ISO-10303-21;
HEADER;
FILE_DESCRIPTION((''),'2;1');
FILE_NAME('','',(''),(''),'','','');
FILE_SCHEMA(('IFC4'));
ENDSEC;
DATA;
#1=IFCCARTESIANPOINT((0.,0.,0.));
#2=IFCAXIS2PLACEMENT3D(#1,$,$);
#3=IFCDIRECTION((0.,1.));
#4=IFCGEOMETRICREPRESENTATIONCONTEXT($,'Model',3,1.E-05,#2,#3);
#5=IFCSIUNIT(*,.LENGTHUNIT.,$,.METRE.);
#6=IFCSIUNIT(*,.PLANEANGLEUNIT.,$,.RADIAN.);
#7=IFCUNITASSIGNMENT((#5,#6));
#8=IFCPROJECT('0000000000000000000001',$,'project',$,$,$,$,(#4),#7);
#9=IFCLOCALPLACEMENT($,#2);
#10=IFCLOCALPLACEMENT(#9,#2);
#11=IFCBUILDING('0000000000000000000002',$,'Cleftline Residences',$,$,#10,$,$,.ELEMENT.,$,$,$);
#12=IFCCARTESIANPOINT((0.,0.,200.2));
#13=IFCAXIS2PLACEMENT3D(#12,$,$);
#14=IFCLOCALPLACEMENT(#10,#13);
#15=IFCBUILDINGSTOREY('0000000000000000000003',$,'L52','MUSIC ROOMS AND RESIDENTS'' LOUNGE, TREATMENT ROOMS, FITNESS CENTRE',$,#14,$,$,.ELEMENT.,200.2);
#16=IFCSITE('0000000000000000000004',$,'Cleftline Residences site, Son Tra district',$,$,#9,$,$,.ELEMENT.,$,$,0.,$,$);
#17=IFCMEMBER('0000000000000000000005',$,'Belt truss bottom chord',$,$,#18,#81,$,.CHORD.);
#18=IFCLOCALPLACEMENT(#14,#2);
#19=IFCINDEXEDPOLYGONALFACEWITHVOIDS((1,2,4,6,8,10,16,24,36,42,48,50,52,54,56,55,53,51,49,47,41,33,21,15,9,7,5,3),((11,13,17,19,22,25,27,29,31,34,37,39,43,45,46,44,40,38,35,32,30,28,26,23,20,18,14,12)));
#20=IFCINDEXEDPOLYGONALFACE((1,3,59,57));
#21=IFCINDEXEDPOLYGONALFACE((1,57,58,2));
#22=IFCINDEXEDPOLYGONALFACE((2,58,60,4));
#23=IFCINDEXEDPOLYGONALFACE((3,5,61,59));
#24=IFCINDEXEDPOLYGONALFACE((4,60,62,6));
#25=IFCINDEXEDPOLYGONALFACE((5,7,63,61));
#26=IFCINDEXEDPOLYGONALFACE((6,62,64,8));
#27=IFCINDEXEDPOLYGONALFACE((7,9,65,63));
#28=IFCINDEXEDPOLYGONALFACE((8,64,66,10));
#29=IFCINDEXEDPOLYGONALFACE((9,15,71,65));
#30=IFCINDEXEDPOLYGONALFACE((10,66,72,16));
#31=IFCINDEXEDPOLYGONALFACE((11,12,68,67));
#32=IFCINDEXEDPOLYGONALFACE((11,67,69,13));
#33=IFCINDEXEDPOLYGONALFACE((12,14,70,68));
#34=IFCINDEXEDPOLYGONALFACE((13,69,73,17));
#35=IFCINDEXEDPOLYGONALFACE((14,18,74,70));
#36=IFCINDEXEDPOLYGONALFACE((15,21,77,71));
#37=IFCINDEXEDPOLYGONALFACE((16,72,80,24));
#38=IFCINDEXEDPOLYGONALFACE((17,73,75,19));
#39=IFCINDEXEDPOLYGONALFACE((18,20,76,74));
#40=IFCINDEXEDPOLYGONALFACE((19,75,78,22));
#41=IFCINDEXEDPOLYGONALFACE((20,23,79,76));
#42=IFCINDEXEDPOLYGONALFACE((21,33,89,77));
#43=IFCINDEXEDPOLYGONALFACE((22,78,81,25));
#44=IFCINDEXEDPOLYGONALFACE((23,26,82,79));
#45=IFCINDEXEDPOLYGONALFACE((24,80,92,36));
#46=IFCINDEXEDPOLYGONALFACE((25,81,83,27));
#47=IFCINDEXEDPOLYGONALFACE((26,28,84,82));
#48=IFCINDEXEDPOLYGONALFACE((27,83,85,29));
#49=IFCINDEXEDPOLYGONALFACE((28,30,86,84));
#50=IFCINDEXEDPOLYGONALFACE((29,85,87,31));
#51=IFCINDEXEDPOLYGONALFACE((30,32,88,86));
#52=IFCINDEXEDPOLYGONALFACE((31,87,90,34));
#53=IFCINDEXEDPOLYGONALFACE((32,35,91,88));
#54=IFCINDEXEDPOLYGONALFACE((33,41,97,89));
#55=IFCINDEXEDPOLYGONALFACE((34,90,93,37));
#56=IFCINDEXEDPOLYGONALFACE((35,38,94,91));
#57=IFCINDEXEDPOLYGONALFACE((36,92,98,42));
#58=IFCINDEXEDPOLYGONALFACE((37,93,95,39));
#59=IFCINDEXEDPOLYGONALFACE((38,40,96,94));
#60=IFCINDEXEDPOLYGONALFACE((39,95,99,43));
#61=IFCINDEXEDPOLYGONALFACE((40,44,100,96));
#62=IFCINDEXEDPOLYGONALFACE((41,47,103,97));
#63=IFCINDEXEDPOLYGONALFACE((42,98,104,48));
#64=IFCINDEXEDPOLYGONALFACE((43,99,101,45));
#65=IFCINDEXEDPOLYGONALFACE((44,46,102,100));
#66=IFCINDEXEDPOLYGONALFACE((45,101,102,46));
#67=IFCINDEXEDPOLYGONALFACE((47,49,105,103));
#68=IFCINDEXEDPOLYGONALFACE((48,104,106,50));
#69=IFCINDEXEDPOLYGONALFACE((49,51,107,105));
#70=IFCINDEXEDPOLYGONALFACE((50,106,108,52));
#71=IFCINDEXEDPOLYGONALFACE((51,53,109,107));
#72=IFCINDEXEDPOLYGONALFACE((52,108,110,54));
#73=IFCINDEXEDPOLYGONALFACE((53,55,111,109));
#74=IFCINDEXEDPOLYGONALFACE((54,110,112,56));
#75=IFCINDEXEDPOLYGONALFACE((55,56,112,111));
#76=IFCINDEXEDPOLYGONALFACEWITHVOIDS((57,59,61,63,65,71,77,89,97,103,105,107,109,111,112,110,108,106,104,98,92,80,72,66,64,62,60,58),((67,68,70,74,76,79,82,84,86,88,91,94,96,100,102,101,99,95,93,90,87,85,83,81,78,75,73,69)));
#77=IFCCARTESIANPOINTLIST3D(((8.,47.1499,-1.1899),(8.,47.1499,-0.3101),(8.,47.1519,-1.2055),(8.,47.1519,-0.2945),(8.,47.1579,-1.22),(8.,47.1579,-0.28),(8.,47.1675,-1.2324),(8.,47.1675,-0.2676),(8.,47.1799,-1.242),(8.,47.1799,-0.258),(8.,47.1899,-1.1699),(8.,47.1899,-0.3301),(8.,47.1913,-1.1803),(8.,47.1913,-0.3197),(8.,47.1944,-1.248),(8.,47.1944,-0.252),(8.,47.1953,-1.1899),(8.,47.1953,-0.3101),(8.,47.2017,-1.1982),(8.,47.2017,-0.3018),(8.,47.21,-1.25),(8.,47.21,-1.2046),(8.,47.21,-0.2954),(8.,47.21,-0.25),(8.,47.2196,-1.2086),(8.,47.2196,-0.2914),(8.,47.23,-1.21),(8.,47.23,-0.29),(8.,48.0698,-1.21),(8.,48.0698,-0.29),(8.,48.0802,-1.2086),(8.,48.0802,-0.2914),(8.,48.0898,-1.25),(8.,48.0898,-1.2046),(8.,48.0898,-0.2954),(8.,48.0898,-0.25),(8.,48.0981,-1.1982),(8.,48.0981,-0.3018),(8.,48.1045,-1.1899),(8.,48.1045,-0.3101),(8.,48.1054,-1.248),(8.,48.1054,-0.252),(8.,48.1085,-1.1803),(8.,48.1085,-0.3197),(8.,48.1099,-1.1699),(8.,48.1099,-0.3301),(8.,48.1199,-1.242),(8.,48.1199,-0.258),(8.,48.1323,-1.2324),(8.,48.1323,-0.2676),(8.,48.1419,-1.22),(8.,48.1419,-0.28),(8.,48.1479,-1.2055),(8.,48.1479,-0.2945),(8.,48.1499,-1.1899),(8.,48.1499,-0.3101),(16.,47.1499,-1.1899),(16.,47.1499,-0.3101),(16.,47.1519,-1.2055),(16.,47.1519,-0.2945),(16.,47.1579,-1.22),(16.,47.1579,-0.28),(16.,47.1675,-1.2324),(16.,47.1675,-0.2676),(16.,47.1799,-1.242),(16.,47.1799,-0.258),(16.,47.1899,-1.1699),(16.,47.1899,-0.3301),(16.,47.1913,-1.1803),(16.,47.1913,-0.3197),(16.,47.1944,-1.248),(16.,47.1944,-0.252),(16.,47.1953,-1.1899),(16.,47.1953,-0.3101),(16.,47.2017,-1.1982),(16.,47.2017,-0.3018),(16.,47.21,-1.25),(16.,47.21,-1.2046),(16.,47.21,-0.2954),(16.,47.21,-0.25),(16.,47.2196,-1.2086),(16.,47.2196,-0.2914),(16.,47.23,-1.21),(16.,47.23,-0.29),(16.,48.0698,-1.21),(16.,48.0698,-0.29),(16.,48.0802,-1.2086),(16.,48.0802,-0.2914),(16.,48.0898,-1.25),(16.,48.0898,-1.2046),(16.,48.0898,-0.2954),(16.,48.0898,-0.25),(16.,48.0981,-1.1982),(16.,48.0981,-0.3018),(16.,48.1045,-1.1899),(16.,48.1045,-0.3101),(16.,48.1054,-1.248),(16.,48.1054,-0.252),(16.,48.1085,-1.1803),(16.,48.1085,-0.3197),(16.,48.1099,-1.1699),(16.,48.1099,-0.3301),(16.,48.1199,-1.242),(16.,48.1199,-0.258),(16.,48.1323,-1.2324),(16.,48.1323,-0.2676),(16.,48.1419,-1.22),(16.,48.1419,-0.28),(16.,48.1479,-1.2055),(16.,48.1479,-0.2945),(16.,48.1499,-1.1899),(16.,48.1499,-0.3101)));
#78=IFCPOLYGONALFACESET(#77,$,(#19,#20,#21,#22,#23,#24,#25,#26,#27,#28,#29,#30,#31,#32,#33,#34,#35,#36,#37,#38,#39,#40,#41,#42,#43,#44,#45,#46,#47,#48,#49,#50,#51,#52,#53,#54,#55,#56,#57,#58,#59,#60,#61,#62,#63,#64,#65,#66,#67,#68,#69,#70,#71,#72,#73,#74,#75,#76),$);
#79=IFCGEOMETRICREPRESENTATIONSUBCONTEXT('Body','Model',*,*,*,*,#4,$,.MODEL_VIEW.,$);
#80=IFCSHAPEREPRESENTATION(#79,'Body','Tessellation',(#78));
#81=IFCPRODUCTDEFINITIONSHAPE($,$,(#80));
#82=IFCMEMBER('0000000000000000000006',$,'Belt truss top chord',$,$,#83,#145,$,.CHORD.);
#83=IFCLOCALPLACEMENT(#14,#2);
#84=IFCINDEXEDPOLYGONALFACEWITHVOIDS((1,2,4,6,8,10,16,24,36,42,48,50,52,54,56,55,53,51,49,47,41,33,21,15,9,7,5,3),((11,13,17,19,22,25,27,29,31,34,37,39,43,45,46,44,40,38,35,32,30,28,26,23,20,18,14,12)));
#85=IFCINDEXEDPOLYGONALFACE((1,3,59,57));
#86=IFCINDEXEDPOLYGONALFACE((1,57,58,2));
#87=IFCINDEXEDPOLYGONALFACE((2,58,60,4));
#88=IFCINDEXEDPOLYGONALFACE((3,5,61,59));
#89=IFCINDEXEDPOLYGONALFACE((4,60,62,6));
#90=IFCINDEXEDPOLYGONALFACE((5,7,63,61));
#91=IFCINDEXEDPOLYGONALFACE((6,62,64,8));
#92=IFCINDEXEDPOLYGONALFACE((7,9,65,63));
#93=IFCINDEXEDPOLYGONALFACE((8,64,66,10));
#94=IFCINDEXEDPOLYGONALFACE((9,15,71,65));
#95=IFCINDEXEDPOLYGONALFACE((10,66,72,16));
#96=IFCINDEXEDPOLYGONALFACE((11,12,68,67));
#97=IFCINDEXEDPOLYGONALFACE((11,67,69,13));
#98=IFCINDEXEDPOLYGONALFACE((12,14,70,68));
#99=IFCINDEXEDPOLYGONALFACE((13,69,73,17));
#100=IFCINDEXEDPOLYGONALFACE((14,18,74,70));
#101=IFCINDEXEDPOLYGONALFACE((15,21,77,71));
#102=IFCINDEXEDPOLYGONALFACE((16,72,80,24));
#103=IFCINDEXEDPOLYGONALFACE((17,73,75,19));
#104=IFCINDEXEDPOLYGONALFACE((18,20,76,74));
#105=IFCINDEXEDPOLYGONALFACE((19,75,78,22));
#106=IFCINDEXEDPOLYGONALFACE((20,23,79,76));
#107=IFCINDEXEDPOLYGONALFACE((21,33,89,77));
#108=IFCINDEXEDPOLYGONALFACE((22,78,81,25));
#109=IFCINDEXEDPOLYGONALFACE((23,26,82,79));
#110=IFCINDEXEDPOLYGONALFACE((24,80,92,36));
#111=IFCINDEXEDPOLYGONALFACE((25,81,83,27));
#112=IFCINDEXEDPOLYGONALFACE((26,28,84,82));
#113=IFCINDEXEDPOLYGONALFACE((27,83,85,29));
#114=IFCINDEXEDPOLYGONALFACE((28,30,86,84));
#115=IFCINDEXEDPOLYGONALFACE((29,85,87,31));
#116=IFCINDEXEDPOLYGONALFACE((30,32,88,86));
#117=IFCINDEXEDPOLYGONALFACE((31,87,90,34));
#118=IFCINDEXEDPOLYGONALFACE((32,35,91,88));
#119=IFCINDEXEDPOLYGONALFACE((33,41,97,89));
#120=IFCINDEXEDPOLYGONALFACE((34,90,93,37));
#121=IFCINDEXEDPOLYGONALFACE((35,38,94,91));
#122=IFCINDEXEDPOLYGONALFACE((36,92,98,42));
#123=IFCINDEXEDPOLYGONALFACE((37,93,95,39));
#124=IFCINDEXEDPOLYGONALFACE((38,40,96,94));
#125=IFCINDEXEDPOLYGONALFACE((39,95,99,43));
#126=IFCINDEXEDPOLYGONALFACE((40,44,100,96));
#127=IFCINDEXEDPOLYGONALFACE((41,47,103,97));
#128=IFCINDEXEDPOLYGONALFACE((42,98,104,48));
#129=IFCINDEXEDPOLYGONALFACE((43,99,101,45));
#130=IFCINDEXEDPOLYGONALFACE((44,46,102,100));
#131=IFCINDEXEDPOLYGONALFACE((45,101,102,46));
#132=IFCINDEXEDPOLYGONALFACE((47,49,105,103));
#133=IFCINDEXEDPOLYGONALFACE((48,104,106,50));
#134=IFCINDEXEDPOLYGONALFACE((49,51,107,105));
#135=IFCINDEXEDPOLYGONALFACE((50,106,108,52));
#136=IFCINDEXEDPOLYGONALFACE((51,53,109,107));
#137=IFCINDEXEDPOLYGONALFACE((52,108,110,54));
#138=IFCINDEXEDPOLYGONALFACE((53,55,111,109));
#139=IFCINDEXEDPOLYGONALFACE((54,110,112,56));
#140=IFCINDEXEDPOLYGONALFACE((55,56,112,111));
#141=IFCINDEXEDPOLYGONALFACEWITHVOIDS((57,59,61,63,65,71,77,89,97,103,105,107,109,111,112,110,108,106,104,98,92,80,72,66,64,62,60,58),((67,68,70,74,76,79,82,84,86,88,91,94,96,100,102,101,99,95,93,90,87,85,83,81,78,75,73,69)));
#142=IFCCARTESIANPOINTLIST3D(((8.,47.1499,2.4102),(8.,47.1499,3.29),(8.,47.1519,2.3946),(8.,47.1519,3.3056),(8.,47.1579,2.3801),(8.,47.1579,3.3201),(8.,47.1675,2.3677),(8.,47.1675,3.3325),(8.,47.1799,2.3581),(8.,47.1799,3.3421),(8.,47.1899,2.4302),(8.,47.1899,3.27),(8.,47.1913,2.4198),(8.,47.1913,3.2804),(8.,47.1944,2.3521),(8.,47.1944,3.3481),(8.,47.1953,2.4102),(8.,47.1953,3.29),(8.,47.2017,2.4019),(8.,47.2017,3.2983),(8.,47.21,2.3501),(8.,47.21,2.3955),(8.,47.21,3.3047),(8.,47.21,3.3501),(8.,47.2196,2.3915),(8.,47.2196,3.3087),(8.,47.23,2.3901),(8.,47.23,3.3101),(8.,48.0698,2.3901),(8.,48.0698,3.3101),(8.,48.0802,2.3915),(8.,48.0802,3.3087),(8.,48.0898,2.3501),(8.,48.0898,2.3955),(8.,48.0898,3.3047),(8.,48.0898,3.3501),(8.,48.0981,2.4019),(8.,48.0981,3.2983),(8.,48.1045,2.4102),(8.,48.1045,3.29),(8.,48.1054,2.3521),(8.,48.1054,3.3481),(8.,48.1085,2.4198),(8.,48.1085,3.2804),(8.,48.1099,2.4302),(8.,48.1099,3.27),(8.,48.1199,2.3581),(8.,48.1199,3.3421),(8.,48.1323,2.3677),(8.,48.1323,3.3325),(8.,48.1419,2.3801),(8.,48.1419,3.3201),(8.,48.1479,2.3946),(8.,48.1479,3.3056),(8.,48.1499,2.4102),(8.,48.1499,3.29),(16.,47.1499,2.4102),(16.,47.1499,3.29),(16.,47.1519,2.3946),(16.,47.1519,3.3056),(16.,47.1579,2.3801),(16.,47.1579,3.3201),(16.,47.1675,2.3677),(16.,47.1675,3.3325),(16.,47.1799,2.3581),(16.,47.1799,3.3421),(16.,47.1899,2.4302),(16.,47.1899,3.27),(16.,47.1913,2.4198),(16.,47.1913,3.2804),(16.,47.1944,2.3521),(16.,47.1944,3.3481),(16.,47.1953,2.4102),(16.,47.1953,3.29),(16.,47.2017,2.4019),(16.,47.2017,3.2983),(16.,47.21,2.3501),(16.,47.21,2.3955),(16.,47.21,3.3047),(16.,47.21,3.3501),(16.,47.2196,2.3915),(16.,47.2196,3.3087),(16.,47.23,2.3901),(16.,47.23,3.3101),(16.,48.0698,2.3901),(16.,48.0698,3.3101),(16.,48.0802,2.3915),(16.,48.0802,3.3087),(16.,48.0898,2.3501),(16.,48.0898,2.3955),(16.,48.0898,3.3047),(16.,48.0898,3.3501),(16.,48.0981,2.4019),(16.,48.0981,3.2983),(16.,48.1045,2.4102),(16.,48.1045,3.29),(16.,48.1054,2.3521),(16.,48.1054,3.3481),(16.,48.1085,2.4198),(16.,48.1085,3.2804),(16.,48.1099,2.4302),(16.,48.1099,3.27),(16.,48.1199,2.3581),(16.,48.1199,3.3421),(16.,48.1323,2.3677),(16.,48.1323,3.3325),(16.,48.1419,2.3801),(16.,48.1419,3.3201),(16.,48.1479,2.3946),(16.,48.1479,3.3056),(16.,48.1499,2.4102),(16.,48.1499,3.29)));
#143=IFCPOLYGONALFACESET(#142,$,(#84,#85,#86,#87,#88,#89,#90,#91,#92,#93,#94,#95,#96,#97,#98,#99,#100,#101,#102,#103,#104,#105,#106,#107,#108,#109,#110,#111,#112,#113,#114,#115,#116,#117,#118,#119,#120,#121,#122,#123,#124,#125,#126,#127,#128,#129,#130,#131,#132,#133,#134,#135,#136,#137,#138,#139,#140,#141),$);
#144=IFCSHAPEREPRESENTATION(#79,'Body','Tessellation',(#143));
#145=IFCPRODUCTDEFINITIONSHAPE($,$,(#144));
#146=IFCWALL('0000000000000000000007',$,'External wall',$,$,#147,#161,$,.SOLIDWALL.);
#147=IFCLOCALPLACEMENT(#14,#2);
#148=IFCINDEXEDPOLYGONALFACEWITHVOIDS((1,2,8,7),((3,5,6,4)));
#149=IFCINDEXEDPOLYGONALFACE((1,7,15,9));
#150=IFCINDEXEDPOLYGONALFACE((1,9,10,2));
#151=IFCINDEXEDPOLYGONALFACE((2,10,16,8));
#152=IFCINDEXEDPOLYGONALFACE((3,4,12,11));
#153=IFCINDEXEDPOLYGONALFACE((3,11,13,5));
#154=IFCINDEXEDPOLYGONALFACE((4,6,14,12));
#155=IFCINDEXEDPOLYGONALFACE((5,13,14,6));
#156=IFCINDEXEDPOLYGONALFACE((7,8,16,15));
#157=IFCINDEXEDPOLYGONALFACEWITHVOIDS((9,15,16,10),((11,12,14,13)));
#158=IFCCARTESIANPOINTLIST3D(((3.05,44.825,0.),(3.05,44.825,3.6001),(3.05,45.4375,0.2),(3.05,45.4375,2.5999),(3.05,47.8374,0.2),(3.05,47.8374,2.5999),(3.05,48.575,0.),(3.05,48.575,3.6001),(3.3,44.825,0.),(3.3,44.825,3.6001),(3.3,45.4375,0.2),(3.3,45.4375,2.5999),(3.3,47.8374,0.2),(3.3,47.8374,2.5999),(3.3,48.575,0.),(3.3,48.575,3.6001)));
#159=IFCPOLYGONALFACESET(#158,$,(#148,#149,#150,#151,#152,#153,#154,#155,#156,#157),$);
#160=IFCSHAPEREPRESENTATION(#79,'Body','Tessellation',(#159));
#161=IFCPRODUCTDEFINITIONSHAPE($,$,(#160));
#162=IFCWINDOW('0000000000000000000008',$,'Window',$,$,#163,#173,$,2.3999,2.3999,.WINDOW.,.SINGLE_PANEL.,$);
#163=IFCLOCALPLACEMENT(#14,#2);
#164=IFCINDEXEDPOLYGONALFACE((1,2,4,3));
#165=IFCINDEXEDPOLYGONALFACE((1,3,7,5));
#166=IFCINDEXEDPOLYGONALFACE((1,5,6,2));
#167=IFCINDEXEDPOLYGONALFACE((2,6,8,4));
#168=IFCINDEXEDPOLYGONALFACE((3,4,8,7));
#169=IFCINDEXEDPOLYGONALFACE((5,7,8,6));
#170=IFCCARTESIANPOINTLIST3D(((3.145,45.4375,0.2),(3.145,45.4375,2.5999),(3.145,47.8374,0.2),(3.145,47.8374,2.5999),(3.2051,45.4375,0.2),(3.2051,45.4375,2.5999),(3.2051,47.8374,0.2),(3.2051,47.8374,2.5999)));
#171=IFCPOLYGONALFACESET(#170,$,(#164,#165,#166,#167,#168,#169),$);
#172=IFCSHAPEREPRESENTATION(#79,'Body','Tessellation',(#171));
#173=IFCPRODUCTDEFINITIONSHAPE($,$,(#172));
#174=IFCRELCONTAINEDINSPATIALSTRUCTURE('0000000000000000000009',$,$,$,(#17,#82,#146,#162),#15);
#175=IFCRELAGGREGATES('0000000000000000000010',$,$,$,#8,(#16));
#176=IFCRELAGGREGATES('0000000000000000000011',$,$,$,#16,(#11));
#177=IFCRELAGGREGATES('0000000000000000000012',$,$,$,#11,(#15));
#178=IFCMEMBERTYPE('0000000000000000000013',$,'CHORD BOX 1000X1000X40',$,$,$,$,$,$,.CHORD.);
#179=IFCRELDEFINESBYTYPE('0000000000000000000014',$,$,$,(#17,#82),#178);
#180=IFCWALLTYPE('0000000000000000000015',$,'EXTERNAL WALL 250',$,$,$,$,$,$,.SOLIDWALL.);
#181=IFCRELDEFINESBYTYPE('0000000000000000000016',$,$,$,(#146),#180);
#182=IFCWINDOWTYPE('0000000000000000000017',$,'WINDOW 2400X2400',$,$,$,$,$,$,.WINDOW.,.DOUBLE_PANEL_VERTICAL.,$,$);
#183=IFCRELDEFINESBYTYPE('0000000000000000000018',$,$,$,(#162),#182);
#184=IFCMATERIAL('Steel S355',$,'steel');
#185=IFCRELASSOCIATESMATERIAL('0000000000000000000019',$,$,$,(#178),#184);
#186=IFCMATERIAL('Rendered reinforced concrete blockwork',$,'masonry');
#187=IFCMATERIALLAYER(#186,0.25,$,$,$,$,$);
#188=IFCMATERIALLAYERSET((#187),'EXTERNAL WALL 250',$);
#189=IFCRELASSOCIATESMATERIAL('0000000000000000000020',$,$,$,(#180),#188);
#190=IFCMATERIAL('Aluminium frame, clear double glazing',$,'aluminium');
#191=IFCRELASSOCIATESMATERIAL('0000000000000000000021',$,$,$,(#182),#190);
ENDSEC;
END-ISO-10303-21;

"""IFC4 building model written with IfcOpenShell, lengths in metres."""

from ifc_helpers import new_model, si_unit, direction, frame, frame_2d, origin, origin_2d, place, context, subcontext, project, spatial, rectangle, hollow_rectangle, extrude, material, layer, layer_set, material_profile, profile_set, type_object, element, fill, save


model = new_model("IFC4")

# Units and contexts
model_context = context("Model", 3, precision=1e-05, world=origin(), true_north=direction((0.0, 1.0)))
body_context = subcontext(model_context, "Body", "Model", "MODEL_VIEW")
ifc_project = project(units=[si_unit("LENGTHUNIT", "METRE"), si_unit("PLANEANGLEUNIT", "RADIAN")], contexts=[model_context])

# Site, building, storey
site_placement = place(None, origin())
site = spatial("IfcSite", under=ifc_project, at=site_placement, Name="Cleftline Residences site, Son Tra district", CompositionType="ELEMENT", RefElevation=0.0)
building_placement = place(site_placement, origin())
building = spatial("IfcBuilding", under=site, at=building_placement, Name="Cleftline Residences", CompositionType="ELEMENT")
storey_placement = place(building_placement, frame((0.0, 0.0, 200.2)))
storey = spatial("IfcBuildingStorey", under=building, at=storey_placement, Name="L52", Description="MUSIC ROOMS AND RESIDENTS' LOUNGE, TREATMENT ROOMS, FITNESS CENTRE", CompositionType="ELEMENT", Elevation=200.2)

# Members
ifc_material_1 = material(Name="Steel S355", Category="steel")
ifc_material_profile_1 = material_profile(ifc_material_1, hollow_rectangle(XDim=1.0, YDim=1.0, WallThickness=0.04, InnerFilletRadius=0.04, OuterFilletRadius=0.0601, at=origin_2d()))
ifc_profile_set_1 = profile_set([ifc_material_profile_1], Name="Steel S355")
member_type_1 = type_object("IfcMemberType", Name="CHORD BOX 1000X1000X40", PredefinedType="CHORD", material=ifc_profile_set_1)
for number, where, z_axis, x_axis, name in (
    (1, (8.0, 47.6499, -0.75), (1.0, 0.0, 0.0), (0.0, 1.0, 0.0), "Belt truss bottom chord"),
    (2, (8.0, 47.6499, 2.8501), (1.0, 0.0, 0.0), (0.0, 1.0, 0.0), "Belt truss top chord"),
):
    element("IfcMember", number, at=place(storey_placement, frame(where, z_axis=z_axis, x_axis=x_axis)), inside=storey, type_object=member_type_1, Name=name, PredefinedType="CHORD", context=body_context, shape_type="SweptSolid", body=[
        extrude(hollow_rectangle(XDim=1.0, YDim=1.0, WallThickness=0.04, InnerFilletRadius=0.04, OuterFilletRadius=0.0601, at=origin_2d()), origin(), (0.0, 0.0, 1.0), 8.0),
    ])

# Wall, opening, window
ifc_material_2 = material(Name="Rendered reinforced concrete blockwork", Category="masonry")
ifc_layer_1 = layer(ifc_material_2, 0.25)
ifc_layer_set_1 = layer_set([ifc_layer_1], Name="EXTERNAL WALL 250")
wall_type_1 = type_object("IfcWallType", Name="EXTERNAL WALL 250", PredefinedType="SOLIDWALL", material=ifc_layer_set_1)
wall_1_placement = place(storey_placement, frame((3.175, 48.575, 0.0), z_axis=(0.0, 0.0, 1.0), x_axis=(0.0, -1.0, 0.0)))
wall_1 = element("IfcWall", 3, at=wall_1_placement, inside=storey, type_object=wall_type_1, Name="External wall", PredefinedType="SOLIDWALL", context=body_context, shape_type="SweptSolid", body=[
    extrude(rectangle(XDim=3.75, YDim=0.25, at=frame_2d((1.875, 0.0))), origin(), (0.0, 0.0, 1.0), 3.6001),
])
opening_1_placement = place(wall_1_placement, frame((0.7375, 0.0, 0.2)))
opening_1 = element("IfcOpeningElement", 4, at=opening_1_placement, cuts=wall_1, PredefinedType="OPENING", context=body_context, shape_type="SweptSolid", body=[
    extrude(rectangle(XDim=2.3999, YDim=2.3999, at=frame_2d((1.2, 1.2))), frame((0.0, 0.135, 0.0), z_axis=(0.0, -1.0, 0.0), x_axis=(1.0, 0.0, 0.0)), (0.0, 0.0, 1.0), 0.27),
])
ifc_material_3 = material(Name="Aluminium frame, clear double glazing", Category="aluminium")
window_type = type_object("IfcWindowType", Name="WINDOW 2400X2400", PartitioningType="DOUBLE_PANEL_VERTICAL", PredefinedType="WINDOW", material=ifc_material_3)
window_1_placement = place(opening_1_placement, origin())
window_1 = element("IfcWindow", 5, at=window_1_placement, inside=storey, type_object=window_type, Name="Window", OverallHeight=2.3999, OverallWidth=2.3999, PartitioningType="SINGLE_PANEL", PredefinedType="WINDOW", context=body_context, shape_type="SweptSolid", body=[
    extrude(rectangle(XDim=2.3999, YDim=2.3999, at=frame_2d((1.2, 1.2))), frame((0.0, 0.03, 0.0), z_axis=(0.0, -1.0, 0.0), x_axis=(1.0, 0.0, 0.0)), (0.0, 0.0, 1.0), 0.0601),
])
fill(opening_1, window_1)

save(model, "model.ifc")
